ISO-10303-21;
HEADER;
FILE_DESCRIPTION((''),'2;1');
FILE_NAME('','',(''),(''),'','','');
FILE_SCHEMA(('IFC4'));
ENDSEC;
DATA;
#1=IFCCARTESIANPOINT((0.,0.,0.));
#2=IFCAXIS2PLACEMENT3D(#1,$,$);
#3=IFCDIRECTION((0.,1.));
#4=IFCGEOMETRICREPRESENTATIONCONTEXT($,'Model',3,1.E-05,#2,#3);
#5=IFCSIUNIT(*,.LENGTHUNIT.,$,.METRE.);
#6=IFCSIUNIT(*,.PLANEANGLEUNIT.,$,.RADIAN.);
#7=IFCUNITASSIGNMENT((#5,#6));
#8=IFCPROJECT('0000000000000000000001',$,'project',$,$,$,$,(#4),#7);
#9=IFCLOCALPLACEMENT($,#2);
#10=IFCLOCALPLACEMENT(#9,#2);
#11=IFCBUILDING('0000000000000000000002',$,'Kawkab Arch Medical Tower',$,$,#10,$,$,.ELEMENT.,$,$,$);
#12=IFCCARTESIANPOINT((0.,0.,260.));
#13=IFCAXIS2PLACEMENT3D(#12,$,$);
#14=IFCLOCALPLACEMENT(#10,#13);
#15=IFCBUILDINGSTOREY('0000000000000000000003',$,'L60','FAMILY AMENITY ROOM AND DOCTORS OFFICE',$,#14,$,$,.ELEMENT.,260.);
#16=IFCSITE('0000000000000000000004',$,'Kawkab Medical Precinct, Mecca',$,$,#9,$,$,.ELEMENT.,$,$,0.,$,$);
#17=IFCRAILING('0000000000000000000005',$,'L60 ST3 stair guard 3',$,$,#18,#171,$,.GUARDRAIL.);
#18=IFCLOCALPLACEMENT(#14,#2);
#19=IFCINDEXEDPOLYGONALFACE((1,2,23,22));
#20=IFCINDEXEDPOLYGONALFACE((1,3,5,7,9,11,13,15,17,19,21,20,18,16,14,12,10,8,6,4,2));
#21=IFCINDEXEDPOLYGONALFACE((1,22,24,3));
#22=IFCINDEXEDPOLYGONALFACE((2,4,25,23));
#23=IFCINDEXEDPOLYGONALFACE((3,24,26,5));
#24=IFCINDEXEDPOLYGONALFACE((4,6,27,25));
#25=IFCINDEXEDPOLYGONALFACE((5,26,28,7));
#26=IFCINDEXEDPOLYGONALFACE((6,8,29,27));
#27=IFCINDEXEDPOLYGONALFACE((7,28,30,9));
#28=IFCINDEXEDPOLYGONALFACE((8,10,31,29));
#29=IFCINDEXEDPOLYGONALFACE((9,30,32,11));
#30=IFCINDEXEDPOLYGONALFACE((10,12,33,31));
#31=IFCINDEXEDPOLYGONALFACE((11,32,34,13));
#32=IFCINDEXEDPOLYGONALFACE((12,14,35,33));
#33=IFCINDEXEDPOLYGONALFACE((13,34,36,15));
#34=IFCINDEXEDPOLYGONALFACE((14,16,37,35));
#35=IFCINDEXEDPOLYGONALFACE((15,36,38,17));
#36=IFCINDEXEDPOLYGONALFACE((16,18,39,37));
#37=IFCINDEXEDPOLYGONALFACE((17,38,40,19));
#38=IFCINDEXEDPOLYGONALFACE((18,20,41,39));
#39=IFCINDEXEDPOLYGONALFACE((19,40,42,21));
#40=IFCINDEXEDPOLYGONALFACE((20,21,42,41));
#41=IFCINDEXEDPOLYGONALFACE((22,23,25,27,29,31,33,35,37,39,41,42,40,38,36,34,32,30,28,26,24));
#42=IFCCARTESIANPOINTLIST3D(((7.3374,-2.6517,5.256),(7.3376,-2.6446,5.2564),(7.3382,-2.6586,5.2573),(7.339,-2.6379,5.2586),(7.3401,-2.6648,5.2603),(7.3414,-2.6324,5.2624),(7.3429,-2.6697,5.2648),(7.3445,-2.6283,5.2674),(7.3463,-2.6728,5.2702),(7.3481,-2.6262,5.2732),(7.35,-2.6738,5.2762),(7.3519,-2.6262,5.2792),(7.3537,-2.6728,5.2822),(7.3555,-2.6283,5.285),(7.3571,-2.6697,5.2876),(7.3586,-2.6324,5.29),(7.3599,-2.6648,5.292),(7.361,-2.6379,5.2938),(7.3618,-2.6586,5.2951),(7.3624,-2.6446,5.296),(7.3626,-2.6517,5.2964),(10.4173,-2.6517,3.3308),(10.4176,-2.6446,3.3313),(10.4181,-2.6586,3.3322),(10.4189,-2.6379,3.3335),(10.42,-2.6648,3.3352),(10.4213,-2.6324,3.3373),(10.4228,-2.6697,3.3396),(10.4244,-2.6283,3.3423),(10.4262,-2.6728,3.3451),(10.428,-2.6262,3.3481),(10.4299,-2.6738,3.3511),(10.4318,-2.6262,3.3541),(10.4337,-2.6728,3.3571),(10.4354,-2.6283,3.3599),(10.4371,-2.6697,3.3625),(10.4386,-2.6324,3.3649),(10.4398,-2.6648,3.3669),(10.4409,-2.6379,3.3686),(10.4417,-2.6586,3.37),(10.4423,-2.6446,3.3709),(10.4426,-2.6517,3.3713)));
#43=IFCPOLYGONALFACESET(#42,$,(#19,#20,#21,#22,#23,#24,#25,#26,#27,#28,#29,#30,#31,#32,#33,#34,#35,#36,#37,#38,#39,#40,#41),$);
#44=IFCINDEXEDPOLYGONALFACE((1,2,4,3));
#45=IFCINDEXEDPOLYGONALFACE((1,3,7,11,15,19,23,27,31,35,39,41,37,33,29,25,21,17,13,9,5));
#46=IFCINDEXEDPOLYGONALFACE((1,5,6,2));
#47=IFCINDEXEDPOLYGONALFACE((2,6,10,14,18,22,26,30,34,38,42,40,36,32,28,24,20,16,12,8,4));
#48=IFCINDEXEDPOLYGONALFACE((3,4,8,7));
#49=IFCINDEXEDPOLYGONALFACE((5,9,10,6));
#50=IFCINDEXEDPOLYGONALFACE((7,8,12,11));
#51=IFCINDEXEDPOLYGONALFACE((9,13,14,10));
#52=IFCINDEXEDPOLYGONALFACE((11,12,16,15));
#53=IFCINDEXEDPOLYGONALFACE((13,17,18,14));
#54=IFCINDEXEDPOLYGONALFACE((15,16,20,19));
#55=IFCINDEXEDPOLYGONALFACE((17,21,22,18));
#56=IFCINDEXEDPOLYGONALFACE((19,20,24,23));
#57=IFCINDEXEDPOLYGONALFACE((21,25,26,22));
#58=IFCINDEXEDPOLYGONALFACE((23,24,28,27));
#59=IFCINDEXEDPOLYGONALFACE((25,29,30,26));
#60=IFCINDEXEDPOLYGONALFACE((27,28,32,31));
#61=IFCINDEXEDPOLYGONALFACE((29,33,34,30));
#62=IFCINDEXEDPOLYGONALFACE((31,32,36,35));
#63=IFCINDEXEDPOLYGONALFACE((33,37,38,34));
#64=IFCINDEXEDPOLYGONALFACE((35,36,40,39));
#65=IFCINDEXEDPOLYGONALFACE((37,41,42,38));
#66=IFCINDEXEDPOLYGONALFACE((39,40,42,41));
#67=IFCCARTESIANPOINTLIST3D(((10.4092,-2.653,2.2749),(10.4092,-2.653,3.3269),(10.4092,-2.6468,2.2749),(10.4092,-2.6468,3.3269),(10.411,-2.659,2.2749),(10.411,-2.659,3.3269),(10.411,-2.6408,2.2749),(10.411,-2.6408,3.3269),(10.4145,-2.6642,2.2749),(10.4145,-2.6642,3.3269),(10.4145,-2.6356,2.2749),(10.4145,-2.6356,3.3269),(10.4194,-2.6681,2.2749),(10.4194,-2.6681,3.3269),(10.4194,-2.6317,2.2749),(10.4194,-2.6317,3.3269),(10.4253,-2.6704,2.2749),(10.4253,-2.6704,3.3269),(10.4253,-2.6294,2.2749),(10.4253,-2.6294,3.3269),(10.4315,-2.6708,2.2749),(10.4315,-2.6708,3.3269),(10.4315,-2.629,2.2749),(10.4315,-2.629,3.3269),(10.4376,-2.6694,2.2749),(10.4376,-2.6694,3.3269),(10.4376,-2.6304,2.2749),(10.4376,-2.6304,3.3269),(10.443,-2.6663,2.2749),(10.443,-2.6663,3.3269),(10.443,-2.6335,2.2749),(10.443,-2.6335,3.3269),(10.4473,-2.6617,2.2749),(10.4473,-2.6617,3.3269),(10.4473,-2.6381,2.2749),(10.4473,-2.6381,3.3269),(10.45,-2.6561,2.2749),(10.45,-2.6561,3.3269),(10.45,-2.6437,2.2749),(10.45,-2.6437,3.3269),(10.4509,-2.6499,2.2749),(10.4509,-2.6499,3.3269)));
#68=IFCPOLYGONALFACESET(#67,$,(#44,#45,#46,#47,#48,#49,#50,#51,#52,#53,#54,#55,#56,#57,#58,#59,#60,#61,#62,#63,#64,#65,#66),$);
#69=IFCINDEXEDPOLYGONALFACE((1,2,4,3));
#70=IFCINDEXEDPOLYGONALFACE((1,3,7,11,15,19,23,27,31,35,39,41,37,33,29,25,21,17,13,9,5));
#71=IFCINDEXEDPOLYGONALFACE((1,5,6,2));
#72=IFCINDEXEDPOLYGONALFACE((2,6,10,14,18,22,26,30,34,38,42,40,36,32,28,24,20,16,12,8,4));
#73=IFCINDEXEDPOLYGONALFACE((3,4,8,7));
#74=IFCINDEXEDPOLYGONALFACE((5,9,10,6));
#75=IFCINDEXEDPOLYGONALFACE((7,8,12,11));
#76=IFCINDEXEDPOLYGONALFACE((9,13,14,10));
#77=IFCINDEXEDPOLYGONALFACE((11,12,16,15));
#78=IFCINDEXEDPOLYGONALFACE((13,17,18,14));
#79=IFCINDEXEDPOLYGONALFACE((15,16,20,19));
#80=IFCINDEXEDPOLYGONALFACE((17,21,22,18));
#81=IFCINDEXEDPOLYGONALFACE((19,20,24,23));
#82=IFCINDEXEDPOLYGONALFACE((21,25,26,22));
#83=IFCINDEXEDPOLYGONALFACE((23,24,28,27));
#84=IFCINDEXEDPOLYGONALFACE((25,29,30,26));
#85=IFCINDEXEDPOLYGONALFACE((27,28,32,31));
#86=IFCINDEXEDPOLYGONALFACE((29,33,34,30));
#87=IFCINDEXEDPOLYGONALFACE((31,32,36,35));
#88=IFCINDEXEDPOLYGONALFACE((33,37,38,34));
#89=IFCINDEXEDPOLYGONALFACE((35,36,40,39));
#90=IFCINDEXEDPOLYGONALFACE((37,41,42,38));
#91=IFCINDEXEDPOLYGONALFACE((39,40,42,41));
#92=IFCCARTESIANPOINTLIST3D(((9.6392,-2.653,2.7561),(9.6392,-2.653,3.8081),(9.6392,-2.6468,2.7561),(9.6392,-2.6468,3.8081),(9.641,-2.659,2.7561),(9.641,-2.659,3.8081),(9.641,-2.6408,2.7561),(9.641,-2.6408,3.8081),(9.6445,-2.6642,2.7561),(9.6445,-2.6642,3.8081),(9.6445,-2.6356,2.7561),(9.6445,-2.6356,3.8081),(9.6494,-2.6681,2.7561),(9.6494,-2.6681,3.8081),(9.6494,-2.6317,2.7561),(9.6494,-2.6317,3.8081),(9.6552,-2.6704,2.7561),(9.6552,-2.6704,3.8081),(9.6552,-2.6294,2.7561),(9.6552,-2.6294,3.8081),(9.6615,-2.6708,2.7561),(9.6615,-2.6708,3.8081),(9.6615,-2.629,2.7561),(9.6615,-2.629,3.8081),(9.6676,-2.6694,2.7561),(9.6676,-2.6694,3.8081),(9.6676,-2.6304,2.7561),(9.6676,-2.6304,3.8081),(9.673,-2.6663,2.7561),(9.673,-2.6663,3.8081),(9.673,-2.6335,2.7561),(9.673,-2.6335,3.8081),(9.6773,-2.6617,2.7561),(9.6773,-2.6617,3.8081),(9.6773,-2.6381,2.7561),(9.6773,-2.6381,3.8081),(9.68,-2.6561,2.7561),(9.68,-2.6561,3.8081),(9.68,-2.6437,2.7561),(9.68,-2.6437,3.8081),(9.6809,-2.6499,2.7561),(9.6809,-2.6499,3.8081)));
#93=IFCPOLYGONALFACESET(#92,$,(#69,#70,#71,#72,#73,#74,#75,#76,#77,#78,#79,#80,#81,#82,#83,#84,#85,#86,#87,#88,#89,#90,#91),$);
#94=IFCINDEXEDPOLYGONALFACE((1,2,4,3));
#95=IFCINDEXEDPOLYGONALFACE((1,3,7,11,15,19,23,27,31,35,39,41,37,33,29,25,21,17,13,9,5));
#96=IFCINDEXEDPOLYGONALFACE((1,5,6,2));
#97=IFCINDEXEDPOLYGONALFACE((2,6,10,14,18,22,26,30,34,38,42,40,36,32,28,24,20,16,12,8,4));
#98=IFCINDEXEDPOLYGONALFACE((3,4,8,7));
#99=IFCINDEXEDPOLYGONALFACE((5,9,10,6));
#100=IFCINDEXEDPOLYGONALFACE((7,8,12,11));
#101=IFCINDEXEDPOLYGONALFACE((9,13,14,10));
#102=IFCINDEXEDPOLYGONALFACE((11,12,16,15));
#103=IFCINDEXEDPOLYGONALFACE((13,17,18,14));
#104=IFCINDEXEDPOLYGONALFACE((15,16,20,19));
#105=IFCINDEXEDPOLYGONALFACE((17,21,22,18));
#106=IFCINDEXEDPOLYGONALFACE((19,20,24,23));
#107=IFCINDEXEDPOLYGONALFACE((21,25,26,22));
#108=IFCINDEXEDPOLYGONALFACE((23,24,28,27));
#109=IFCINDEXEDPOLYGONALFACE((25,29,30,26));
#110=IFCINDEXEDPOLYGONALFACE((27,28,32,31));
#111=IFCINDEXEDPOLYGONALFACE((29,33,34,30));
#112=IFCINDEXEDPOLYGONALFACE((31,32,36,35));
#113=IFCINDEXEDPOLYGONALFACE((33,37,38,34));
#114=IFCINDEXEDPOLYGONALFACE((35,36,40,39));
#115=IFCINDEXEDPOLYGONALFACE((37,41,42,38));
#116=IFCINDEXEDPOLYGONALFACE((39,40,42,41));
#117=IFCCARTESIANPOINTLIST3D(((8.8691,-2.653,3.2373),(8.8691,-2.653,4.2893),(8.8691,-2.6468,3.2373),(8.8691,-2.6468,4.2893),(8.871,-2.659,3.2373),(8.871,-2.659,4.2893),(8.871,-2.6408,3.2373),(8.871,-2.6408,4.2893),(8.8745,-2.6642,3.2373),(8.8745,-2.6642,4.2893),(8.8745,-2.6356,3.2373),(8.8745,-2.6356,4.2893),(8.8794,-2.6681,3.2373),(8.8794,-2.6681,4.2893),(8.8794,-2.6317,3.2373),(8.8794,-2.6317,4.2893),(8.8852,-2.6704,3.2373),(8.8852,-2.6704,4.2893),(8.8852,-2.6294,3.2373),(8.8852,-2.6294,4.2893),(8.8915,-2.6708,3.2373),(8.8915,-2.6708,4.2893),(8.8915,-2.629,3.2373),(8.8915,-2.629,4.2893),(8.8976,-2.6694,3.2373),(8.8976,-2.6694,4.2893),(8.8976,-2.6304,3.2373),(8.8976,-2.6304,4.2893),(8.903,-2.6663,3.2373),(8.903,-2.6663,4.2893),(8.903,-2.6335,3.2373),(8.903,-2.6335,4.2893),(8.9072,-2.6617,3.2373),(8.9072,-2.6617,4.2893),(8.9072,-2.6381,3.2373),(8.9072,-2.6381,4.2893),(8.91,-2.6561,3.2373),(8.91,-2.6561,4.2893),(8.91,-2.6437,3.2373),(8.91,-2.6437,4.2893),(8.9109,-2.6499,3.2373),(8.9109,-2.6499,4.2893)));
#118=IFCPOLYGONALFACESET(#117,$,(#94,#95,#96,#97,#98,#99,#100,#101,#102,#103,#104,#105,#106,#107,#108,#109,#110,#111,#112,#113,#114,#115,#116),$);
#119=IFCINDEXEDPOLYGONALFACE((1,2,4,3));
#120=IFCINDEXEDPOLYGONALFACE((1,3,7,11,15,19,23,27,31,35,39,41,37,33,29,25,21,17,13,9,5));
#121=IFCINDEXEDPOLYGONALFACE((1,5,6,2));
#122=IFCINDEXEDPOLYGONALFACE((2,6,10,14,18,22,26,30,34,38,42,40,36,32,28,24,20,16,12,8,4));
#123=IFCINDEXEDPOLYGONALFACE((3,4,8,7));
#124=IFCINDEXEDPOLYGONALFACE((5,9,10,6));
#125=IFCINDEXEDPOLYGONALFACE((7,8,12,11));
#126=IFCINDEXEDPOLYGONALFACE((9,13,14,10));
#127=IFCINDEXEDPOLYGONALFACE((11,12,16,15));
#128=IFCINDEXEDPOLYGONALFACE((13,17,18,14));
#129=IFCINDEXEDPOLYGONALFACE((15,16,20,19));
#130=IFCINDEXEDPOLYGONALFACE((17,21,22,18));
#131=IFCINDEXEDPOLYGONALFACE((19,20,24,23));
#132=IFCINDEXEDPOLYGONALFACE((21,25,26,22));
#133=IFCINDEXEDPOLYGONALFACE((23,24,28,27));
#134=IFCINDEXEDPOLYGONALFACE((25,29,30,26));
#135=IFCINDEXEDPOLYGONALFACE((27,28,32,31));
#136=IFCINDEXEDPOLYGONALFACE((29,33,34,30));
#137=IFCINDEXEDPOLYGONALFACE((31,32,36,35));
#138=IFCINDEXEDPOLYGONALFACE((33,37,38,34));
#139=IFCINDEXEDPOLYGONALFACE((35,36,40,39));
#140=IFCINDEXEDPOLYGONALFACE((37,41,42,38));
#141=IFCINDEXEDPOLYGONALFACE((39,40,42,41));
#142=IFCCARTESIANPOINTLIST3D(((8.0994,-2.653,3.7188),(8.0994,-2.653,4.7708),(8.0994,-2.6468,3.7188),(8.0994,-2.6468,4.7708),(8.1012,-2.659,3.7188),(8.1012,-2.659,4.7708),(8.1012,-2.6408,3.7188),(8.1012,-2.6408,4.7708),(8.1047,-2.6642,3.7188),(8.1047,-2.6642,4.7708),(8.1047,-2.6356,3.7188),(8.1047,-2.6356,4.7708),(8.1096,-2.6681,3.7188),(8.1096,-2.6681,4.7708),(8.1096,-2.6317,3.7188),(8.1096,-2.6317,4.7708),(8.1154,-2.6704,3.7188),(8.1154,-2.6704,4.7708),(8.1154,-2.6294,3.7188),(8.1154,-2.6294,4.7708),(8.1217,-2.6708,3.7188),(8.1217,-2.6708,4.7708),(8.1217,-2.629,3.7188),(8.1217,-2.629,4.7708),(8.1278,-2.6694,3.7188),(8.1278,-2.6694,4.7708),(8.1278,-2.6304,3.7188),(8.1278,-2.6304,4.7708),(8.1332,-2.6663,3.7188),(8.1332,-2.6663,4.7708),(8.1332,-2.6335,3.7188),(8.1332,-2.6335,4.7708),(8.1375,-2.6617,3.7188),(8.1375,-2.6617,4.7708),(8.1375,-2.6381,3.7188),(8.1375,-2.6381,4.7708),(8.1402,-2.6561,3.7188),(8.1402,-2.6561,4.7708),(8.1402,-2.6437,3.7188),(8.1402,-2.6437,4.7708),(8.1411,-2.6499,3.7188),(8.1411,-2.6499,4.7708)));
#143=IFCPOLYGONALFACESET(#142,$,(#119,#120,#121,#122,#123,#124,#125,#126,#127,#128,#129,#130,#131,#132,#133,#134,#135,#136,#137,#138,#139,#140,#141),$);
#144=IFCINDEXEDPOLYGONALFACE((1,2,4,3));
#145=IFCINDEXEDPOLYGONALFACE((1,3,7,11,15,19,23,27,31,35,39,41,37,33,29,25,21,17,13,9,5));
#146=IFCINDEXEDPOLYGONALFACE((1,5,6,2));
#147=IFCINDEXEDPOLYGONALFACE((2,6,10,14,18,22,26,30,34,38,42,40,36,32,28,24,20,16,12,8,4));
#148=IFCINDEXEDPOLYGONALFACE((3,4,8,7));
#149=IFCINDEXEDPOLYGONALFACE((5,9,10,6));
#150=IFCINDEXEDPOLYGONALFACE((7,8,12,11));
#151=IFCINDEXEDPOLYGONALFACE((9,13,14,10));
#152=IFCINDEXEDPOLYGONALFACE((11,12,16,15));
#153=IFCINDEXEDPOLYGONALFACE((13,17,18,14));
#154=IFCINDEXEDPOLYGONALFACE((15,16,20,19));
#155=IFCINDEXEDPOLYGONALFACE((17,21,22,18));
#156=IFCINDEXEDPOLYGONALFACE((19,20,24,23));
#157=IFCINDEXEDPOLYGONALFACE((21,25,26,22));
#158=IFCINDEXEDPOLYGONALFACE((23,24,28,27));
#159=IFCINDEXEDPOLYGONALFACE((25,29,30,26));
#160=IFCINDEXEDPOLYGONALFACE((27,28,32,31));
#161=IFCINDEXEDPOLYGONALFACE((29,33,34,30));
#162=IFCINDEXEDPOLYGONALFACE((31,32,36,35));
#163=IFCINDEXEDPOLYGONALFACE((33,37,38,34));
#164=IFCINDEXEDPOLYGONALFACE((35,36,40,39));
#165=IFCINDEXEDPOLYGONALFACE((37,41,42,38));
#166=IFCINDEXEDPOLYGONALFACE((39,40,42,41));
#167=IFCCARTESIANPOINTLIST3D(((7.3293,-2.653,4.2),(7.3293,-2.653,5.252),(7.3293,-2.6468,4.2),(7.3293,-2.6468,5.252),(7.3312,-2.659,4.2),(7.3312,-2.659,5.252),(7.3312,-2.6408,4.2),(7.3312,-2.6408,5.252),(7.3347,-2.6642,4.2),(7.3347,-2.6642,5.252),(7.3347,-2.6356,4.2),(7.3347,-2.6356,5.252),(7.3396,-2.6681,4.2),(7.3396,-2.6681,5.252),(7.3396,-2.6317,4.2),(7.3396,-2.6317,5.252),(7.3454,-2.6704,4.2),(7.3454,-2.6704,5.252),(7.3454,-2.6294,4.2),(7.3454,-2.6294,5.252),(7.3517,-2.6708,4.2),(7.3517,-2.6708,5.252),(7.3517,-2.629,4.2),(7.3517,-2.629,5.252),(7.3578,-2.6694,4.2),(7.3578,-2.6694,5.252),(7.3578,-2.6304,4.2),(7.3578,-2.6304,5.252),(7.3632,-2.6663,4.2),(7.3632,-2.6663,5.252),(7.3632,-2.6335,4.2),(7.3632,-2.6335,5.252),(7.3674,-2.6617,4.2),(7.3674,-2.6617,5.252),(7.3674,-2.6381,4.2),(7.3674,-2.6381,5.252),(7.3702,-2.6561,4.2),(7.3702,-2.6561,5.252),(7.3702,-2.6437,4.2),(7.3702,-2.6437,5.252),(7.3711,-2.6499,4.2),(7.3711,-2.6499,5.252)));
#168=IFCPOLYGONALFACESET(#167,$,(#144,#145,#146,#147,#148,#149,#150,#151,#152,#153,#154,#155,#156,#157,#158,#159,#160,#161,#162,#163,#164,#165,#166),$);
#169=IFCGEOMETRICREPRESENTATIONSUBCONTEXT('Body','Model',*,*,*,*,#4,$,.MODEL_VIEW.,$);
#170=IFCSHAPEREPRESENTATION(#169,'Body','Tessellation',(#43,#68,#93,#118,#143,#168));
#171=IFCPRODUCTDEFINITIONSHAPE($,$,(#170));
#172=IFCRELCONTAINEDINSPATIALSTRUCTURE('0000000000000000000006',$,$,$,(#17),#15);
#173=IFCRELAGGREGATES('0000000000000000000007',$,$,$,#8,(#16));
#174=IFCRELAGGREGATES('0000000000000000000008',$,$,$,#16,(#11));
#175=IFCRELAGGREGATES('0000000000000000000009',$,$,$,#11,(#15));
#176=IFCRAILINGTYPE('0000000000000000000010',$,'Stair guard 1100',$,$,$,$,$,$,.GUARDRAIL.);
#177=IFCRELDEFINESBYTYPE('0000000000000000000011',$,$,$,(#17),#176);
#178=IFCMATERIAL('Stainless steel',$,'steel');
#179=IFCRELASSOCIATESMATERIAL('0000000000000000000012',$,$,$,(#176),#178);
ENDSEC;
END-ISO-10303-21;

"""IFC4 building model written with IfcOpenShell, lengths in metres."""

from ifc_helpers import new_model, si_unit, direction, frame, origin, origin_2d, place, context, subcontext, project, spatial, circle, extrude, material, type_object, element, save


model = new_model("IFC4")

# Units and contexts
model_context = context("Model", 3, precision=1e-05, world=origin(), true_north=direction((0.0, 1.0)))
body_context = subcontext(model_context, "Body", "Model", "MODEL_VIEW")
ifc_project = project(units=[si_unit("LENGTHUNIT", "METRE"), si_unit("PLANEANGLEUNIT", "RADIAN")], contexts=[model_context])

# Site, building, storey
site_placement = place(None, origin())
site = spatial("IfcSite", under=ifc_project, at=site_placement, Name="Kawkab Medical Precinct, Mecca", CompositionType="ELEMENT", RefElevation=0.0)
building_placement = place(site_placement, origin())
building = spatial("IfcBuilding", under=site, at=building_placement, Name="Kawkab Arch Medical Tower", CompositionType="ELEMENT")
storey_placement = place(building_placement, frame((0.0, 0.0, 260.0)))
storey = spatial("IfcBuildingStorey", under=building, at=storey_placement, Name="L60", Description="FAMILY AMENITY ROOM AND DOCTORS OFFICE", CompositionType="ELEMENT", Elevation=260.0)

# Railing
ifc_material_1 = material(Name="Stainless steel", Category="steel")
railing_type_1 = type_object("IfcRailingType", Name="Stair guard 1100", PredefinedType="GUARDRAIL", material=ifc_material_1)
railing_1_placement = place(storey_placement, frame((10.4299, -2.6499, 2.2749)))
element("IfcRailing", 1, at=railing_1_placement, inside=storey, type_object=railing_type_1, Name="L60 ST3 stair guard 3", PredefinedType="GUARDRAIL", context=body_context, shape_type="SweptSolid", body=[
    extrude(circle(Radius=0.0239, at=origin_2d()), frame((0.0, 0.0, 1.0762), z_axis=(-0.847979, 0.0, 0.530029), x_axis=(0.0, -1.0, 0.0)), (0.0, 0.0, 1.0), 3.6321),
    extrude(circle(Radius=0.021, at=origin_2d()), origin(), (0.0, 0.0, 1.0), 1.052),
    extrude(circle(Radius=0.021, at=origin_2d()), frame((-0.77, 0.0, 0.4812)), (0.0, 0.0, 1.0), 1.052),
    extrude(circle(Radius=0.021, at=origin_2d()), frame((-1.54, 0.0, 0.9624)), (0.0, 0.0, 1.0), 1.052),
    extrude(circle(Radius=0.021, at=origin_2d()), frame((-2.3098, 0.0, 1.4438)), (0.0, 0.0, 1.0), 1.052),
    extrude(circle(Radius=0.021, at=origin_2d()), frame((-3.0798, 0.0, 1.925)), (0.0, 0.0, 1.0), 1.052),
])

save(model, "model.ifc")
